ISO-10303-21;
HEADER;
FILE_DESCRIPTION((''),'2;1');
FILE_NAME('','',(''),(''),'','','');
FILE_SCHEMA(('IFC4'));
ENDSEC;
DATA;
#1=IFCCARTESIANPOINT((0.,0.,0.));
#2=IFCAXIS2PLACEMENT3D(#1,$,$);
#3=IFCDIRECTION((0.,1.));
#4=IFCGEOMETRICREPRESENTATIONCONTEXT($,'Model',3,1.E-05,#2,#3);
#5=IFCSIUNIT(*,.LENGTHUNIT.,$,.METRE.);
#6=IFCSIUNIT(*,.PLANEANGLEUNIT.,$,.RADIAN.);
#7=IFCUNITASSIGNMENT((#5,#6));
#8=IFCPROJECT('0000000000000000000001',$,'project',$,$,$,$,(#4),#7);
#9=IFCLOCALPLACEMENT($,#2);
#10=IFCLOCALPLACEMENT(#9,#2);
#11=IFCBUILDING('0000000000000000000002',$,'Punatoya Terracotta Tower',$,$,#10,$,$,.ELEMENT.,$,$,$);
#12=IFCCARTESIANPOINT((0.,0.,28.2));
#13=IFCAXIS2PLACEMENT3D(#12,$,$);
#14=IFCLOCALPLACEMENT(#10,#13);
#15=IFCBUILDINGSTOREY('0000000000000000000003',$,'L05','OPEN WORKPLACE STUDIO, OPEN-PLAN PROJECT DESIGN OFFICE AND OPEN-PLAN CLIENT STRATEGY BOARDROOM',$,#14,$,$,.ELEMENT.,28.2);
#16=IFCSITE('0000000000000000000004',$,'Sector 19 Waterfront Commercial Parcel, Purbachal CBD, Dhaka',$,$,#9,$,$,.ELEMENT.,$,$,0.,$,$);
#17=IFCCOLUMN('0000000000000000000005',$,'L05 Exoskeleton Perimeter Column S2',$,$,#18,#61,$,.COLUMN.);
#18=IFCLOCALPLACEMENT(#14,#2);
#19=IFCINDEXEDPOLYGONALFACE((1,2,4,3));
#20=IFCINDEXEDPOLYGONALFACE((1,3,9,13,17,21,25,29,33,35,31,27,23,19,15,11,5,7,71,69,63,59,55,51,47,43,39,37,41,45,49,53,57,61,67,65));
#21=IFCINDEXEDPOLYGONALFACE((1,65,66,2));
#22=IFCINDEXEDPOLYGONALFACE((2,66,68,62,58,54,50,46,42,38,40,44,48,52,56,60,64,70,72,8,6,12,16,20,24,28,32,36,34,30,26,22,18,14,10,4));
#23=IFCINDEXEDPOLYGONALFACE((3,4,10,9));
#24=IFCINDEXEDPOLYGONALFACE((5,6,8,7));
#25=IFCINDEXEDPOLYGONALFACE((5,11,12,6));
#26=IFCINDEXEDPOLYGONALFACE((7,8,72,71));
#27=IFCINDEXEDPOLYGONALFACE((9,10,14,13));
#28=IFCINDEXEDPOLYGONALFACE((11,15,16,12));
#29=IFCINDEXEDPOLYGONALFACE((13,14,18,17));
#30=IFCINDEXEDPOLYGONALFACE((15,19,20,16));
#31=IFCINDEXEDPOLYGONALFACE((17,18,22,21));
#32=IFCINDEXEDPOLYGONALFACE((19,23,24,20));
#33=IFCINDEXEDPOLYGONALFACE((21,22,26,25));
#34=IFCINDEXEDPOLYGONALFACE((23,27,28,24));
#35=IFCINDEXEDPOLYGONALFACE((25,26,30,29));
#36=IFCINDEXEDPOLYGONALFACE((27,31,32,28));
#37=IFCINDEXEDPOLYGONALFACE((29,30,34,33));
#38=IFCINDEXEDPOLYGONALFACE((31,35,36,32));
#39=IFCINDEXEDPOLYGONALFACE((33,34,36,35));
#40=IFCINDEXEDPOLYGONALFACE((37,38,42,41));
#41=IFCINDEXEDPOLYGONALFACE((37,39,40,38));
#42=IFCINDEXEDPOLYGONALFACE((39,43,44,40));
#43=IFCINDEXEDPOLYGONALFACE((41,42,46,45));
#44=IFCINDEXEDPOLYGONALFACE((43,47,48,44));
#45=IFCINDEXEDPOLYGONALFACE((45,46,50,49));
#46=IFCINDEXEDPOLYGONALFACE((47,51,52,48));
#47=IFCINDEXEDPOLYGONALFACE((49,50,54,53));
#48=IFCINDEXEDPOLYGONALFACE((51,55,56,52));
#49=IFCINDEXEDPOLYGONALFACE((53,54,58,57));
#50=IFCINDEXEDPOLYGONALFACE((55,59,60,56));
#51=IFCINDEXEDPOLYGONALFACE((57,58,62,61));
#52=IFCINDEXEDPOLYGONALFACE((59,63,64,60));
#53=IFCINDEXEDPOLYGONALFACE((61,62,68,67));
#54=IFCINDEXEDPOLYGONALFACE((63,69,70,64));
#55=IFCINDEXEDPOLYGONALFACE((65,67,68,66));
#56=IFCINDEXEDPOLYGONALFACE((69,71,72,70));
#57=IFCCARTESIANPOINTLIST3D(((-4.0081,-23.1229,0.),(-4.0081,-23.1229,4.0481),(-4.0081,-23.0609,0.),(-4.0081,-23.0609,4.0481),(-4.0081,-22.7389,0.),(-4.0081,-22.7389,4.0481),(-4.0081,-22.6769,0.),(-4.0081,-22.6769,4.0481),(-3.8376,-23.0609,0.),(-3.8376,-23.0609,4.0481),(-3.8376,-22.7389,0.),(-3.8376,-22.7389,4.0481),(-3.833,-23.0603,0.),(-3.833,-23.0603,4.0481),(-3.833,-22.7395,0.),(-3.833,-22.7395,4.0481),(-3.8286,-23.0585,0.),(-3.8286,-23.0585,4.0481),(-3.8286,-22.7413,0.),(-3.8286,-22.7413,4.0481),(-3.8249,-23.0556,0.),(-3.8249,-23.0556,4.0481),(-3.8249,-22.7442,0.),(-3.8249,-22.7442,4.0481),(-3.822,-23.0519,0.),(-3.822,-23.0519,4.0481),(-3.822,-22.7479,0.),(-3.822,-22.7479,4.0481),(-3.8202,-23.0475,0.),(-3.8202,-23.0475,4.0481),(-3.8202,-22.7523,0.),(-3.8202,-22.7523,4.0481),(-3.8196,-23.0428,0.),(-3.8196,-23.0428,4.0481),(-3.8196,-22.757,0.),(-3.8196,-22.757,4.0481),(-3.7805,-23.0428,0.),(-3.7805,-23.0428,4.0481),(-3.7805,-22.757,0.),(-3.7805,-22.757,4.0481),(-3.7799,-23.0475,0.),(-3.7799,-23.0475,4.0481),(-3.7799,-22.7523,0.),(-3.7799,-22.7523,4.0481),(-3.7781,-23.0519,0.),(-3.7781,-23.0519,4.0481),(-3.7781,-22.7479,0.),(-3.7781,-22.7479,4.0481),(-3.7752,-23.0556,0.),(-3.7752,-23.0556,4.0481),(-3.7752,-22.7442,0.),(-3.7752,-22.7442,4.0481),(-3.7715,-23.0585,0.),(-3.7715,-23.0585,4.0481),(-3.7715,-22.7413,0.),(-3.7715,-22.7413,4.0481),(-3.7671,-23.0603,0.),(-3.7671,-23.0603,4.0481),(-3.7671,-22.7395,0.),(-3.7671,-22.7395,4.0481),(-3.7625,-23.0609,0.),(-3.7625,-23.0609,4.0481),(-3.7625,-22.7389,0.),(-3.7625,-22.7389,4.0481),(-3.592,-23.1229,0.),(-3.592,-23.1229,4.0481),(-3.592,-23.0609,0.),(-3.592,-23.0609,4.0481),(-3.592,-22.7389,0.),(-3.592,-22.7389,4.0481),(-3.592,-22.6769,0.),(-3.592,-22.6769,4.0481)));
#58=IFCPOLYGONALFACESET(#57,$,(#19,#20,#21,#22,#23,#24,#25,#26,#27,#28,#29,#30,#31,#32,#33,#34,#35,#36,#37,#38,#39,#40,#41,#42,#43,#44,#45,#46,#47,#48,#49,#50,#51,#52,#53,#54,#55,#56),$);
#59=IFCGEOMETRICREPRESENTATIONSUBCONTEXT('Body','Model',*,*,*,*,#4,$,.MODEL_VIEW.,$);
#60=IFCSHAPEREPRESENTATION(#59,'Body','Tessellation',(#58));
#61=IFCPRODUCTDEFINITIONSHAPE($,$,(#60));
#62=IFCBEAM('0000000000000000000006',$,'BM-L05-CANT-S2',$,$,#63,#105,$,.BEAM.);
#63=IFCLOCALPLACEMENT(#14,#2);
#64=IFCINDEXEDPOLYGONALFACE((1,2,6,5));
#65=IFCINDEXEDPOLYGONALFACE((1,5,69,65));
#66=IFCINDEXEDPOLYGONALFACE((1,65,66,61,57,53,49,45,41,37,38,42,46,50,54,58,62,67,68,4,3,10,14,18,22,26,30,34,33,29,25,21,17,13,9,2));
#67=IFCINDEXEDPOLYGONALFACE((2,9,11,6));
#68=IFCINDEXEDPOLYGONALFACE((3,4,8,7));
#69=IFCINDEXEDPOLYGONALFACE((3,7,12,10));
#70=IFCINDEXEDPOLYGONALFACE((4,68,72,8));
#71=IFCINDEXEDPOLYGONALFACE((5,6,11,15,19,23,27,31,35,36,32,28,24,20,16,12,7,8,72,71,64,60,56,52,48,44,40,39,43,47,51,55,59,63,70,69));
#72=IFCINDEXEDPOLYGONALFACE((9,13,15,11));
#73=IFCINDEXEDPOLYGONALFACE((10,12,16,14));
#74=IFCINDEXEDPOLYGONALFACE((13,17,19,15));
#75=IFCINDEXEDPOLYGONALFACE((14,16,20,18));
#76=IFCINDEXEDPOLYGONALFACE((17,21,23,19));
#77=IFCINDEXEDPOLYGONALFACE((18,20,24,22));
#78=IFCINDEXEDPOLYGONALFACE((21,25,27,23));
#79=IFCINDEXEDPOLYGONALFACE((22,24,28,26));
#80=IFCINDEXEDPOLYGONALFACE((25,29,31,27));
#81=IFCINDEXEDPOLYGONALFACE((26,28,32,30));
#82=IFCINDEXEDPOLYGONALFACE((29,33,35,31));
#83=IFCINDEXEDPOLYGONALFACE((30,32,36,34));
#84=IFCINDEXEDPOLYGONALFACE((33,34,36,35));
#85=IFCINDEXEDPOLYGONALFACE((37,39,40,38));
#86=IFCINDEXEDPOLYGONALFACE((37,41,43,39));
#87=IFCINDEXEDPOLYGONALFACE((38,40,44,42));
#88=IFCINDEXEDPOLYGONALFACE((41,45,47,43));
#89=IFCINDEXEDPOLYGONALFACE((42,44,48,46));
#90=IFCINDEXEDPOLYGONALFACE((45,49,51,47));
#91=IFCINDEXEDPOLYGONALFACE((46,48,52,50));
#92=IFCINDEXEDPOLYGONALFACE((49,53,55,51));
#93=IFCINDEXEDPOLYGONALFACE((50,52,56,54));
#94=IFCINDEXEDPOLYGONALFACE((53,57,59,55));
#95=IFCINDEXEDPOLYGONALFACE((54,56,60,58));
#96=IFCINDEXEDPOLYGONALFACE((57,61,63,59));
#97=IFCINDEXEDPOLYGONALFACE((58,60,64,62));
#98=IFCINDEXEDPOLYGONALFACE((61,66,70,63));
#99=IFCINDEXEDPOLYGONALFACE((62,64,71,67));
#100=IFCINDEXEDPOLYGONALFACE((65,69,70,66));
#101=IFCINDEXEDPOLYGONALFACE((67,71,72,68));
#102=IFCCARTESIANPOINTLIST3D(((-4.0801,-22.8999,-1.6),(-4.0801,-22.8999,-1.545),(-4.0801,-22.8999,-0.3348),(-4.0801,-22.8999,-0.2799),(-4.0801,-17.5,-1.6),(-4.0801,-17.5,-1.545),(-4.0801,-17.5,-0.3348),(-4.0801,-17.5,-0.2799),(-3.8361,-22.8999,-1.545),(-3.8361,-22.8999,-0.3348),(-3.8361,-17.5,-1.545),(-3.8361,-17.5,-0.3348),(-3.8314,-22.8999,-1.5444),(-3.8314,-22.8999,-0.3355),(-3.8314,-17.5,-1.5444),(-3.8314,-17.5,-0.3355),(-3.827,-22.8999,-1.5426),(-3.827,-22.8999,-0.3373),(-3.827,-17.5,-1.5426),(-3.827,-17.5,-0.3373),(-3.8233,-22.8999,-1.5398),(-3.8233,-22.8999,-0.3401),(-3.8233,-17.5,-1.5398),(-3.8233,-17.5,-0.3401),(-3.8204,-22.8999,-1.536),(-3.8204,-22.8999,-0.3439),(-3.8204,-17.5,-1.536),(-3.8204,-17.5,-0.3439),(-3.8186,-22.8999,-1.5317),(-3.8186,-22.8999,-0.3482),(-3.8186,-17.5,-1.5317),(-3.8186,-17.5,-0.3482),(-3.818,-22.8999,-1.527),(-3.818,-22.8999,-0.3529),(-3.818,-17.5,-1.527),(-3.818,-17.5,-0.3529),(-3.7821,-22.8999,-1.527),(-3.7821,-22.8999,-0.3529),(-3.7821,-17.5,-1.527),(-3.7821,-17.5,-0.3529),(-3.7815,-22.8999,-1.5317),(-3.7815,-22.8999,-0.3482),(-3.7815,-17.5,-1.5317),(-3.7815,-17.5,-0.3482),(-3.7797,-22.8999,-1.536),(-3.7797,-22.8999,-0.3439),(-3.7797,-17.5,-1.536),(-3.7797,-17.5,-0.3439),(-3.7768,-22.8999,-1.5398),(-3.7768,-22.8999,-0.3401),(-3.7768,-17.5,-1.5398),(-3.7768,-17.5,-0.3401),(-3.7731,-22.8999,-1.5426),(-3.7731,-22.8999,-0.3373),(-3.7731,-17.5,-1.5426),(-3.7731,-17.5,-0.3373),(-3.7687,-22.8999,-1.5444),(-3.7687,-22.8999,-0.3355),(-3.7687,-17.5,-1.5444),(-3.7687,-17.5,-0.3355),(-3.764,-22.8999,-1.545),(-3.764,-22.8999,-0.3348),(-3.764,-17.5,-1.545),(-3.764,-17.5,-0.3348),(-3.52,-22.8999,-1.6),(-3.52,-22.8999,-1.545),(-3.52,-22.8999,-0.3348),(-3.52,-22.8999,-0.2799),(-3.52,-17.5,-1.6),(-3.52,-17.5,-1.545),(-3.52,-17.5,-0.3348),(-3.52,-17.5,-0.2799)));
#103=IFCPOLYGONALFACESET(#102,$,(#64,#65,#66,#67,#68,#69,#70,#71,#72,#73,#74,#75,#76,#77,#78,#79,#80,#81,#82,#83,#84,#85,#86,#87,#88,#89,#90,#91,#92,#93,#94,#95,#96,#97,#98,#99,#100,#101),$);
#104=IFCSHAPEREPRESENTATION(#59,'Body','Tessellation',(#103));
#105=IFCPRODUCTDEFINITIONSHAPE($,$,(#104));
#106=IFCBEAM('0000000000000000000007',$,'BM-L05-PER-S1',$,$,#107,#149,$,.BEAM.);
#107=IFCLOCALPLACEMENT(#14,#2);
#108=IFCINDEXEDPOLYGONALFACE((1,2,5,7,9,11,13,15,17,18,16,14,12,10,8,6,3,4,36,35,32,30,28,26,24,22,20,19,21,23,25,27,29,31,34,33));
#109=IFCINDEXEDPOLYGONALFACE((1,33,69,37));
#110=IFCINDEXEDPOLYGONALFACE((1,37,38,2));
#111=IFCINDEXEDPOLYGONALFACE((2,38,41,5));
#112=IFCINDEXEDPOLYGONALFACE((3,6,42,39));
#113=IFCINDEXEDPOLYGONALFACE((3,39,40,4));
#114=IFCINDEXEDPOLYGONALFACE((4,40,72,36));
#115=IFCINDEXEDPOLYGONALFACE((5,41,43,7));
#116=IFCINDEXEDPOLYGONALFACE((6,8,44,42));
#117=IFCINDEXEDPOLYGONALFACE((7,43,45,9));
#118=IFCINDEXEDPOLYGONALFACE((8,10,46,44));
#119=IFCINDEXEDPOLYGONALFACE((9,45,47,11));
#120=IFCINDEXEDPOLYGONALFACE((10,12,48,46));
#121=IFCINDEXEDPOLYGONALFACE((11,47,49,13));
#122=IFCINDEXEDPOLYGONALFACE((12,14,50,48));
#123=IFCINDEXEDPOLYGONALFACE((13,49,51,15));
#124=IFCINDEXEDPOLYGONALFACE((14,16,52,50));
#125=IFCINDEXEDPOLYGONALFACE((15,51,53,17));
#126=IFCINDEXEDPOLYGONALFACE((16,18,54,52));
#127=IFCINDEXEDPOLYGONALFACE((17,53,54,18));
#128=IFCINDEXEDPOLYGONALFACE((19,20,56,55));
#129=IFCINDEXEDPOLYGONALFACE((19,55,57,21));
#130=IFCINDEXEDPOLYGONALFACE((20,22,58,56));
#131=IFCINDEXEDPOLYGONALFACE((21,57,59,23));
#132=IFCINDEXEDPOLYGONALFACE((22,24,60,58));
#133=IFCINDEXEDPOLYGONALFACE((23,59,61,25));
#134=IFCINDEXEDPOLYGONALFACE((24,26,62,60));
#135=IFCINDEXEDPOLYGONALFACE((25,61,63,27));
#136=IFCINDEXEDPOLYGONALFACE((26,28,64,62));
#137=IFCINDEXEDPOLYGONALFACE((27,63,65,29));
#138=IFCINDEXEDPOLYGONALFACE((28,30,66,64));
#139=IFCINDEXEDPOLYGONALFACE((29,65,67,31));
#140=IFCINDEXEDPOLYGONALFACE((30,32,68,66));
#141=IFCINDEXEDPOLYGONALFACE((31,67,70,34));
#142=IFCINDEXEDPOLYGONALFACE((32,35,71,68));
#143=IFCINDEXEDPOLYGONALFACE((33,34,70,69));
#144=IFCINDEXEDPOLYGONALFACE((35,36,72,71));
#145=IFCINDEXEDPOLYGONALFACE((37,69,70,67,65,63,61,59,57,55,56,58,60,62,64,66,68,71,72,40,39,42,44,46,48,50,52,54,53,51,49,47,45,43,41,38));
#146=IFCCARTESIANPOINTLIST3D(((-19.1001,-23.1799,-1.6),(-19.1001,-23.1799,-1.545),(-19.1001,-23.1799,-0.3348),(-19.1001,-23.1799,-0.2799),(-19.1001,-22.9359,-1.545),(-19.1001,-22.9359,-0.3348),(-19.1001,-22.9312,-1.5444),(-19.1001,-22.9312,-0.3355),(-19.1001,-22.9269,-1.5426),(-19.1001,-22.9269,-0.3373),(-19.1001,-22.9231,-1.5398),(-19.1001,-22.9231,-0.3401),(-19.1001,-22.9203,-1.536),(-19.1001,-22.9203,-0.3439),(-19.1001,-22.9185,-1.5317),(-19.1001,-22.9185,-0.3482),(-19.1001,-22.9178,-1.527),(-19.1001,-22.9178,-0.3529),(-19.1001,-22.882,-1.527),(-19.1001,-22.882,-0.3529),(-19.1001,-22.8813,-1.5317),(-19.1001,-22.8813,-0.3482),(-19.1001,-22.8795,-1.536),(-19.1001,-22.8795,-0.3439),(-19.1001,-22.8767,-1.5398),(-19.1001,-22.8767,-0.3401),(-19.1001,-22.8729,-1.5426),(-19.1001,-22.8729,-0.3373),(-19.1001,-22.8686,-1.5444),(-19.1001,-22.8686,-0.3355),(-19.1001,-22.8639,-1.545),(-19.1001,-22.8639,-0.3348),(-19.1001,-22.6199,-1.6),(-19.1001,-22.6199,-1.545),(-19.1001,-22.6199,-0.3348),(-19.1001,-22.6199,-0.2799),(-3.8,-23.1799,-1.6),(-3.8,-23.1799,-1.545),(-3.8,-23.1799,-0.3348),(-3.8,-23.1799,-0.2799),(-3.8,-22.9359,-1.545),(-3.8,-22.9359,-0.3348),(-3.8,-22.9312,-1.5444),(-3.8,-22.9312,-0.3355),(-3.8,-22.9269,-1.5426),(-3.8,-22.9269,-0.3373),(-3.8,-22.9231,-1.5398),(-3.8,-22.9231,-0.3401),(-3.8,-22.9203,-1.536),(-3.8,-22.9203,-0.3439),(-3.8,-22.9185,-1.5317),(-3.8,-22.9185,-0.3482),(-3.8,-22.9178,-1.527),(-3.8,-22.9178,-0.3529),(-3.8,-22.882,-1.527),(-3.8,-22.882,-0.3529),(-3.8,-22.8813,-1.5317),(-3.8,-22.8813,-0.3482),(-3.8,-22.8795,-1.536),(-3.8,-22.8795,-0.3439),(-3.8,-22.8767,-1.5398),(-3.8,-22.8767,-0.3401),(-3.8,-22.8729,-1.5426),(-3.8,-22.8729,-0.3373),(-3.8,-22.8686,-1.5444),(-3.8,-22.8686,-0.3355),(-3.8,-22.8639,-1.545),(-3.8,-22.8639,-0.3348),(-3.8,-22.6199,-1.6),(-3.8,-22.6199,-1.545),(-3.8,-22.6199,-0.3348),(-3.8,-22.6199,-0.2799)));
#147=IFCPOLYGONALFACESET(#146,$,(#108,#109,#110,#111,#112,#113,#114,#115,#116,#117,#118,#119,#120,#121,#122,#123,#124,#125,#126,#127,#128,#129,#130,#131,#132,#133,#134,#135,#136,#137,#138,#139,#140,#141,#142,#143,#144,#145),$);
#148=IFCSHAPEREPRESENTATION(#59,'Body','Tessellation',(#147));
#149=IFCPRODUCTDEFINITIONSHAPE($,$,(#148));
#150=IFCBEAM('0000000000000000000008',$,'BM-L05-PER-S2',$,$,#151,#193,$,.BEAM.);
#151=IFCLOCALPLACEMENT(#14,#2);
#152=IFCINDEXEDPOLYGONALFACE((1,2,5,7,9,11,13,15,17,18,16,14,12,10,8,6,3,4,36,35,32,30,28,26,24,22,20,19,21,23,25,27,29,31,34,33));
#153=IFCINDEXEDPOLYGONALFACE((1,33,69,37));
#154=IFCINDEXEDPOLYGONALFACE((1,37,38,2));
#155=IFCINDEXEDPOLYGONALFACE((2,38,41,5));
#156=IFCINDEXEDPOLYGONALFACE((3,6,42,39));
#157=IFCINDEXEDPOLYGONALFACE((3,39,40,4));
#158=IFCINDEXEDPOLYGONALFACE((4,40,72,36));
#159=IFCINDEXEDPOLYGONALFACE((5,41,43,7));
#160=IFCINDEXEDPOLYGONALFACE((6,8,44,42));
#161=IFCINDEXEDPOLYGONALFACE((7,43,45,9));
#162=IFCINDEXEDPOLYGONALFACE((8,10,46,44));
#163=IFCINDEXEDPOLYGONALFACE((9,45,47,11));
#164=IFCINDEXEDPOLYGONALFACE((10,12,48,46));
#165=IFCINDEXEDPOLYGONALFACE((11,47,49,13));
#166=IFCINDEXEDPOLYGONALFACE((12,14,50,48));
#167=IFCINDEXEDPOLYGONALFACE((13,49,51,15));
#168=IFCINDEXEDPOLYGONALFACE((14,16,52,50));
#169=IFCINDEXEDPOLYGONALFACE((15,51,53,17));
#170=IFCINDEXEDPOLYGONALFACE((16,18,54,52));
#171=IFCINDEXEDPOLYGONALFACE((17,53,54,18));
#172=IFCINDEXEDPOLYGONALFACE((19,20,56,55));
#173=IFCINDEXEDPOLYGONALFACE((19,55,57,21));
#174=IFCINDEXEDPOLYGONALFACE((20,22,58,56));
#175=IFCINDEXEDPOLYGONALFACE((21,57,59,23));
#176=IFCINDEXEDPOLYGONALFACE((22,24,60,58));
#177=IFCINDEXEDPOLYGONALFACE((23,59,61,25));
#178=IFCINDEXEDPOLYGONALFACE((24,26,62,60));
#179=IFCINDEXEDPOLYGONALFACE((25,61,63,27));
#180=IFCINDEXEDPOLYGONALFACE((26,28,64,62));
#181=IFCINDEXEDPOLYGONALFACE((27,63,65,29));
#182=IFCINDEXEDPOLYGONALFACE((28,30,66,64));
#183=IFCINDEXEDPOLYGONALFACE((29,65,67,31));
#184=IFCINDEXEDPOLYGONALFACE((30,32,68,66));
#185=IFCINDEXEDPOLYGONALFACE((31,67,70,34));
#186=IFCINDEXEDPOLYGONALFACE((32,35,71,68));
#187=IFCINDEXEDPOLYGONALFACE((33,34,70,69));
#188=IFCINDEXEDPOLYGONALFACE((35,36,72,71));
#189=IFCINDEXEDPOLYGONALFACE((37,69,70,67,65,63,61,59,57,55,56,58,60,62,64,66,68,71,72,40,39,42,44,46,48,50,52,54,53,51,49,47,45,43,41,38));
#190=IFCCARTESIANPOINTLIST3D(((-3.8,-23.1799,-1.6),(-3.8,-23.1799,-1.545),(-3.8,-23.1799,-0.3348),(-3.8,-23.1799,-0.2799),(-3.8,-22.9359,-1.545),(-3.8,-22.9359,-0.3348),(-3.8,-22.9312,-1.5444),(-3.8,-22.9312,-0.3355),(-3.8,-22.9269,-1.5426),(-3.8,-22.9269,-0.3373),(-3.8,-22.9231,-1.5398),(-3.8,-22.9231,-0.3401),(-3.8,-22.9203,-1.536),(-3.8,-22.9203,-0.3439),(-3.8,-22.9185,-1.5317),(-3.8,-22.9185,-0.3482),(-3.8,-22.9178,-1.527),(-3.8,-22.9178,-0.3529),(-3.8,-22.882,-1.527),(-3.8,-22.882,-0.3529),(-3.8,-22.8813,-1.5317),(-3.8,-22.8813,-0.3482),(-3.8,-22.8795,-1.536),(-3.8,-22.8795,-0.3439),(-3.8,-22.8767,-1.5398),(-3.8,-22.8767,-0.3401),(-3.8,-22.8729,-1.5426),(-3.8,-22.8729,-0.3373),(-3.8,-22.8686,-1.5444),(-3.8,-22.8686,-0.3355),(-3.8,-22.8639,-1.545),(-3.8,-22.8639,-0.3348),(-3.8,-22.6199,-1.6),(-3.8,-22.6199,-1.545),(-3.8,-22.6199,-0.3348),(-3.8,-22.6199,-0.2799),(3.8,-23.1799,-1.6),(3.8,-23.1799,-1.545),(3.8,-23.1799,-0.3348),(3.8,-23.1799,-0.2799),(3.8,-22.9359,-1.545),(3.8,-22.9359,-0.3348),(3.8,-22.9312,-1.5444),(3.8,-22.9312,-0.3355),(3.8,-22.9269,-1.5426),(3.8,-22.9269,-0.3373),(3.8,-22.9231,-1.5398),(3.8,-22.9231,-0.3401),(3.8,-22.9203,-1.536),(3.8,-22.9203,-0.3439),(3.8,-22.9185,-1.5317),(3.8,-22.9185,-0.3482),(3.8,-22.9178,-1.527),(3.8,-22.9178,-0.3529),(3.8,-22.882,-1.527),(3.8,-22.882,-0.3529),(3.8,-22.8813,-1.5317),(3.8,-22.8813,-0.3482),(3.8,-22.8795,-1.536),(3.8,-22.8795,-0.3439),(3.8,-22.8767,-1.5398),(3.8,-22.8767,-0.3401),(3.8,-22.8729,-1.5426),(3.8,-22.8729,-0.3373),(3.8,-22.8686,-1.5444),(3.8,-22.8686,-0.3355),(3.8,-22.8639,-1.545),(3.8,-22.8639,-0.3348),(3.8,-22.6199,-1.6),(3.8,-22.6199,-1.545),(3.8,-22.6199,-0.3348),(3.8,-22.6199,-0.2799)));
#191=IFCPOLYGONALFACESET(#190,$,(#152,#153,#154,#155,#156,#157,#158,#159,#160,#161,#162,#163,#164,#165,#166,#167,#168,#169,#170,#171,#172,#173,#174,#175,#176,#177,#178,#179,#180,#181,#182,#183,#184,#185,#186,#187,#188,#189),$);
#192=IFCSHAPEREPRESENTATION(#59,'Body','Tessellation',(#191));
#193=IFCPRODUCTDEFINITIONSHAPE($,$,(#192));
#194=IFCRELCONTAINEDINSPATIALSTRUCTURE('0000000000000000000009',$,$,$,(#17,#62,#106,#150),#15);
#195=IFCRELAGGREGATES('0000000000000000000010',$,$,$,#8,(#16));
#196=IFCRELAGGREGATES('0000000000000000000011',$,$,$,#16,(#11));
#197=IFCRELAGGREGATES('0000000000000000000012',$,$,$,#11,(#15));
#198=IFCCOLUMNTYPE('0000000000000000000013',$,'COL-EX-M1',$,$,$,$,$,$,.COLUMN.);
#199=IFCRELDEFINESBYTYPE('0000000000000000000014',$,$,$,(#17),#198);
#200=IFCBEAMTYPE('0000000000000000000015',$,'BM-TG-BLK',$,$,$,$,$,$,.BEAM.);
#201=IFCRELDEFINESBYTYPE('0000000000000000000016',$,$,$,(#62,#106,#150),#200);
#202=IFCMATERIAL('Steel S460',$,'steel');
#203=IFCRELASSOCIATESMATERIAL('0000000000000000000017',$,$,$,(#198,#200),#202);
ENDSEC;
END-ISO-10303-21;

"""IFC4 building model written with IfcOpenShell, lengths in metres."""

from ifc_helpers import new_model, si_unit, direction, frame, origin, origin_2d, place, context, subcontext, project, spatial, i_section, extrude, material, material_profile, profile_set, type_object, element, save


model = new_model("IFC4")

# Units and contexts
model_context = context("Model", 3, precision=1e-05, world=origin(), true_north=direction((0.0, 1.0)))
body_context = subcontext(model_context, "Body", "Model", "MODEL_VIEW")
ifc_project = project(units=[si_unit("LENGTHUNIT", "METRE"), si_unit("PLANEANGLEUNIT", "RADIAN")], contexts=[model_context])

# Site, building, storey
site_placement = place(None, origin())
site = spatial("IfcSite", under=ifc_project, at=site_placement, Name="Sector 19 Waterfront Commercial Parcel, Purbachal CBD, Dhaka", CompositionType="ELEMENT", RefElevation=0.0)
building_placement = place(site_placement, origin())
building = spatial("IfcBuilding", under=site, at=building_placement, Name="Punatoya Terracotta Tower", CompositionType="ELEMENT")
storey_placement = place(building_placement, frame((0.0, 0.0, 28.2)))
storey = spatial("IfcBuildingStorey", under=building, at=storey_placement, Name="L05", Description="OPEN WORKPLACE STUDIO, OPEN-PLAN PROJECT DESIGN OFFICE AND OPEN-PLAN CLIENT STRATEGY BOARDROOM", CompositionType="ELEMENT", Elevation=28.2)

# Column
ifc_material_1 = material(Name="Steel S460", Category="steel")
ifc_material_profile_1 = material_profile(ifc_material_1, i_section(OverallWidth=0.416, OverallDepth=0.446, WebThickness=0.0391, FlangeThickness=0.062, FilletRadius=0.0181, at=origin_2d()))
ifc_profile_set_1 = profile_set([ifc_material_profile_1], Name="Steel S460")
column_type = type_object("IfcColumnType", Name="COL-EX-M1", PredefinedType="COLUMN", material=ifc_profile_set_1)
column_placement = place(storey_placement, frame((-3.8, -22.8999, 0.0), z_axis=(0.0, 0.0, 1.0), x_axis=(1.0, 0.0, 0.0)))
element("IfcColumn", 1, at=column_placement, inside=storey, type_object=column_type, Name="L05 Exoskeleton Perimeter Column S2", PredefinedType="COLUMN", context=body_context, shape_type="SweptSolid", body=[
    extrude(i_section(OverallWidth=0.416, OverallDepth=0.446, WebThickness=0.0391, FlangeThickness=0.062, FilletRadius=0.0181, at=origin_2d()), origin(), (0.0, 0.0, 1.0), 4.0481),
])

# Beams
ifc_material_profile_2 = material_profile(ifc_material_1, i_section(OverallWidth=0.5601, OverallDepth=1.3201, WebThickness=0.0359, FlangeThickness=0.0549, FilletRadius=0.0181, at=origin_2d()))
ifc_profile_set_2 = profile_set([ifc_material_profile_2], Name="Steel S460")
beam_type = type_object("IfcBeamType", Name="BM-TG-BLK", PredefinedType="BEAM", material=ifc_profile_set_2)
beam_1_placement = place(storey_placement, frame((-3.8, -22.8999, -0.9399), z_axis=(0.0, 1.0, 0.0), x_axis=(-1.0, 0.0, 0.0)))
element("IfcBeam", 2, at=beam_1_placement, inside=storey, type_object=beam_type, Name="BM-L05-CANT-S2", PredefinedType="BEAM", context=body_context, shape_type="SweptSolid", body=[
    extrude(i_section(OverallWidth=0.5601, OverallDepth=1.3201, WebThickness=0.0359, FlangeThickness=0.0549, FilletRadius=0.0181, at=origin_2d()), origin(), (0.0, 0.0, 1.0), 5.3999),
])
beam_2_placement = place(storey_placement, frame((-19.1001, -22.8999, -0.9399), z_axis=(1.0, 0.0, 0.0), x_axis=(0.0, 1.0, 0.0)))
element("IfcBeam", 3, at=beam_2_placement, inside=storey, type_object=beam_type, Name="BM-L05-PER-S1", PredefinedType="BEAM", context=body_context, shape_type="SweptSolid", body=[
    extrude(i_section(OverallWidth=0.5601, OverallDepth=1.3201, WebThickness=0.0359, FlangeThickness=0.0549, FilletRadius=0.0181, at=origin_2d()), origin(), (0.0, 0.0, 1.0), 15.3),
])
beam_3_placement = place(storey_placement, frame((-3.8, -22.8999, -0.9399), z_axis=(1.0, 0.0, 0.0), x_axis=(0.0, 1.0, 0.0)))
element("IfcBeam", 4, at=beam_3_placement, inside=storey, type_object=beam_type, Name="BM-L05-PER-S2", PredefinedType="BEAM", context=body_context, shape_type="SweptSolid", body=[
    extrude(i_section(OverallWidth=0.5601, OverallDepth=1.3201, WebThickness=0.0359, FlangeThickness=0.0549, FilletRadius=0.0181, at=origin_2d()), origin(), (0.0, 0.0, 1.0), 7.6001),
])

save(model, "model.ifc")
